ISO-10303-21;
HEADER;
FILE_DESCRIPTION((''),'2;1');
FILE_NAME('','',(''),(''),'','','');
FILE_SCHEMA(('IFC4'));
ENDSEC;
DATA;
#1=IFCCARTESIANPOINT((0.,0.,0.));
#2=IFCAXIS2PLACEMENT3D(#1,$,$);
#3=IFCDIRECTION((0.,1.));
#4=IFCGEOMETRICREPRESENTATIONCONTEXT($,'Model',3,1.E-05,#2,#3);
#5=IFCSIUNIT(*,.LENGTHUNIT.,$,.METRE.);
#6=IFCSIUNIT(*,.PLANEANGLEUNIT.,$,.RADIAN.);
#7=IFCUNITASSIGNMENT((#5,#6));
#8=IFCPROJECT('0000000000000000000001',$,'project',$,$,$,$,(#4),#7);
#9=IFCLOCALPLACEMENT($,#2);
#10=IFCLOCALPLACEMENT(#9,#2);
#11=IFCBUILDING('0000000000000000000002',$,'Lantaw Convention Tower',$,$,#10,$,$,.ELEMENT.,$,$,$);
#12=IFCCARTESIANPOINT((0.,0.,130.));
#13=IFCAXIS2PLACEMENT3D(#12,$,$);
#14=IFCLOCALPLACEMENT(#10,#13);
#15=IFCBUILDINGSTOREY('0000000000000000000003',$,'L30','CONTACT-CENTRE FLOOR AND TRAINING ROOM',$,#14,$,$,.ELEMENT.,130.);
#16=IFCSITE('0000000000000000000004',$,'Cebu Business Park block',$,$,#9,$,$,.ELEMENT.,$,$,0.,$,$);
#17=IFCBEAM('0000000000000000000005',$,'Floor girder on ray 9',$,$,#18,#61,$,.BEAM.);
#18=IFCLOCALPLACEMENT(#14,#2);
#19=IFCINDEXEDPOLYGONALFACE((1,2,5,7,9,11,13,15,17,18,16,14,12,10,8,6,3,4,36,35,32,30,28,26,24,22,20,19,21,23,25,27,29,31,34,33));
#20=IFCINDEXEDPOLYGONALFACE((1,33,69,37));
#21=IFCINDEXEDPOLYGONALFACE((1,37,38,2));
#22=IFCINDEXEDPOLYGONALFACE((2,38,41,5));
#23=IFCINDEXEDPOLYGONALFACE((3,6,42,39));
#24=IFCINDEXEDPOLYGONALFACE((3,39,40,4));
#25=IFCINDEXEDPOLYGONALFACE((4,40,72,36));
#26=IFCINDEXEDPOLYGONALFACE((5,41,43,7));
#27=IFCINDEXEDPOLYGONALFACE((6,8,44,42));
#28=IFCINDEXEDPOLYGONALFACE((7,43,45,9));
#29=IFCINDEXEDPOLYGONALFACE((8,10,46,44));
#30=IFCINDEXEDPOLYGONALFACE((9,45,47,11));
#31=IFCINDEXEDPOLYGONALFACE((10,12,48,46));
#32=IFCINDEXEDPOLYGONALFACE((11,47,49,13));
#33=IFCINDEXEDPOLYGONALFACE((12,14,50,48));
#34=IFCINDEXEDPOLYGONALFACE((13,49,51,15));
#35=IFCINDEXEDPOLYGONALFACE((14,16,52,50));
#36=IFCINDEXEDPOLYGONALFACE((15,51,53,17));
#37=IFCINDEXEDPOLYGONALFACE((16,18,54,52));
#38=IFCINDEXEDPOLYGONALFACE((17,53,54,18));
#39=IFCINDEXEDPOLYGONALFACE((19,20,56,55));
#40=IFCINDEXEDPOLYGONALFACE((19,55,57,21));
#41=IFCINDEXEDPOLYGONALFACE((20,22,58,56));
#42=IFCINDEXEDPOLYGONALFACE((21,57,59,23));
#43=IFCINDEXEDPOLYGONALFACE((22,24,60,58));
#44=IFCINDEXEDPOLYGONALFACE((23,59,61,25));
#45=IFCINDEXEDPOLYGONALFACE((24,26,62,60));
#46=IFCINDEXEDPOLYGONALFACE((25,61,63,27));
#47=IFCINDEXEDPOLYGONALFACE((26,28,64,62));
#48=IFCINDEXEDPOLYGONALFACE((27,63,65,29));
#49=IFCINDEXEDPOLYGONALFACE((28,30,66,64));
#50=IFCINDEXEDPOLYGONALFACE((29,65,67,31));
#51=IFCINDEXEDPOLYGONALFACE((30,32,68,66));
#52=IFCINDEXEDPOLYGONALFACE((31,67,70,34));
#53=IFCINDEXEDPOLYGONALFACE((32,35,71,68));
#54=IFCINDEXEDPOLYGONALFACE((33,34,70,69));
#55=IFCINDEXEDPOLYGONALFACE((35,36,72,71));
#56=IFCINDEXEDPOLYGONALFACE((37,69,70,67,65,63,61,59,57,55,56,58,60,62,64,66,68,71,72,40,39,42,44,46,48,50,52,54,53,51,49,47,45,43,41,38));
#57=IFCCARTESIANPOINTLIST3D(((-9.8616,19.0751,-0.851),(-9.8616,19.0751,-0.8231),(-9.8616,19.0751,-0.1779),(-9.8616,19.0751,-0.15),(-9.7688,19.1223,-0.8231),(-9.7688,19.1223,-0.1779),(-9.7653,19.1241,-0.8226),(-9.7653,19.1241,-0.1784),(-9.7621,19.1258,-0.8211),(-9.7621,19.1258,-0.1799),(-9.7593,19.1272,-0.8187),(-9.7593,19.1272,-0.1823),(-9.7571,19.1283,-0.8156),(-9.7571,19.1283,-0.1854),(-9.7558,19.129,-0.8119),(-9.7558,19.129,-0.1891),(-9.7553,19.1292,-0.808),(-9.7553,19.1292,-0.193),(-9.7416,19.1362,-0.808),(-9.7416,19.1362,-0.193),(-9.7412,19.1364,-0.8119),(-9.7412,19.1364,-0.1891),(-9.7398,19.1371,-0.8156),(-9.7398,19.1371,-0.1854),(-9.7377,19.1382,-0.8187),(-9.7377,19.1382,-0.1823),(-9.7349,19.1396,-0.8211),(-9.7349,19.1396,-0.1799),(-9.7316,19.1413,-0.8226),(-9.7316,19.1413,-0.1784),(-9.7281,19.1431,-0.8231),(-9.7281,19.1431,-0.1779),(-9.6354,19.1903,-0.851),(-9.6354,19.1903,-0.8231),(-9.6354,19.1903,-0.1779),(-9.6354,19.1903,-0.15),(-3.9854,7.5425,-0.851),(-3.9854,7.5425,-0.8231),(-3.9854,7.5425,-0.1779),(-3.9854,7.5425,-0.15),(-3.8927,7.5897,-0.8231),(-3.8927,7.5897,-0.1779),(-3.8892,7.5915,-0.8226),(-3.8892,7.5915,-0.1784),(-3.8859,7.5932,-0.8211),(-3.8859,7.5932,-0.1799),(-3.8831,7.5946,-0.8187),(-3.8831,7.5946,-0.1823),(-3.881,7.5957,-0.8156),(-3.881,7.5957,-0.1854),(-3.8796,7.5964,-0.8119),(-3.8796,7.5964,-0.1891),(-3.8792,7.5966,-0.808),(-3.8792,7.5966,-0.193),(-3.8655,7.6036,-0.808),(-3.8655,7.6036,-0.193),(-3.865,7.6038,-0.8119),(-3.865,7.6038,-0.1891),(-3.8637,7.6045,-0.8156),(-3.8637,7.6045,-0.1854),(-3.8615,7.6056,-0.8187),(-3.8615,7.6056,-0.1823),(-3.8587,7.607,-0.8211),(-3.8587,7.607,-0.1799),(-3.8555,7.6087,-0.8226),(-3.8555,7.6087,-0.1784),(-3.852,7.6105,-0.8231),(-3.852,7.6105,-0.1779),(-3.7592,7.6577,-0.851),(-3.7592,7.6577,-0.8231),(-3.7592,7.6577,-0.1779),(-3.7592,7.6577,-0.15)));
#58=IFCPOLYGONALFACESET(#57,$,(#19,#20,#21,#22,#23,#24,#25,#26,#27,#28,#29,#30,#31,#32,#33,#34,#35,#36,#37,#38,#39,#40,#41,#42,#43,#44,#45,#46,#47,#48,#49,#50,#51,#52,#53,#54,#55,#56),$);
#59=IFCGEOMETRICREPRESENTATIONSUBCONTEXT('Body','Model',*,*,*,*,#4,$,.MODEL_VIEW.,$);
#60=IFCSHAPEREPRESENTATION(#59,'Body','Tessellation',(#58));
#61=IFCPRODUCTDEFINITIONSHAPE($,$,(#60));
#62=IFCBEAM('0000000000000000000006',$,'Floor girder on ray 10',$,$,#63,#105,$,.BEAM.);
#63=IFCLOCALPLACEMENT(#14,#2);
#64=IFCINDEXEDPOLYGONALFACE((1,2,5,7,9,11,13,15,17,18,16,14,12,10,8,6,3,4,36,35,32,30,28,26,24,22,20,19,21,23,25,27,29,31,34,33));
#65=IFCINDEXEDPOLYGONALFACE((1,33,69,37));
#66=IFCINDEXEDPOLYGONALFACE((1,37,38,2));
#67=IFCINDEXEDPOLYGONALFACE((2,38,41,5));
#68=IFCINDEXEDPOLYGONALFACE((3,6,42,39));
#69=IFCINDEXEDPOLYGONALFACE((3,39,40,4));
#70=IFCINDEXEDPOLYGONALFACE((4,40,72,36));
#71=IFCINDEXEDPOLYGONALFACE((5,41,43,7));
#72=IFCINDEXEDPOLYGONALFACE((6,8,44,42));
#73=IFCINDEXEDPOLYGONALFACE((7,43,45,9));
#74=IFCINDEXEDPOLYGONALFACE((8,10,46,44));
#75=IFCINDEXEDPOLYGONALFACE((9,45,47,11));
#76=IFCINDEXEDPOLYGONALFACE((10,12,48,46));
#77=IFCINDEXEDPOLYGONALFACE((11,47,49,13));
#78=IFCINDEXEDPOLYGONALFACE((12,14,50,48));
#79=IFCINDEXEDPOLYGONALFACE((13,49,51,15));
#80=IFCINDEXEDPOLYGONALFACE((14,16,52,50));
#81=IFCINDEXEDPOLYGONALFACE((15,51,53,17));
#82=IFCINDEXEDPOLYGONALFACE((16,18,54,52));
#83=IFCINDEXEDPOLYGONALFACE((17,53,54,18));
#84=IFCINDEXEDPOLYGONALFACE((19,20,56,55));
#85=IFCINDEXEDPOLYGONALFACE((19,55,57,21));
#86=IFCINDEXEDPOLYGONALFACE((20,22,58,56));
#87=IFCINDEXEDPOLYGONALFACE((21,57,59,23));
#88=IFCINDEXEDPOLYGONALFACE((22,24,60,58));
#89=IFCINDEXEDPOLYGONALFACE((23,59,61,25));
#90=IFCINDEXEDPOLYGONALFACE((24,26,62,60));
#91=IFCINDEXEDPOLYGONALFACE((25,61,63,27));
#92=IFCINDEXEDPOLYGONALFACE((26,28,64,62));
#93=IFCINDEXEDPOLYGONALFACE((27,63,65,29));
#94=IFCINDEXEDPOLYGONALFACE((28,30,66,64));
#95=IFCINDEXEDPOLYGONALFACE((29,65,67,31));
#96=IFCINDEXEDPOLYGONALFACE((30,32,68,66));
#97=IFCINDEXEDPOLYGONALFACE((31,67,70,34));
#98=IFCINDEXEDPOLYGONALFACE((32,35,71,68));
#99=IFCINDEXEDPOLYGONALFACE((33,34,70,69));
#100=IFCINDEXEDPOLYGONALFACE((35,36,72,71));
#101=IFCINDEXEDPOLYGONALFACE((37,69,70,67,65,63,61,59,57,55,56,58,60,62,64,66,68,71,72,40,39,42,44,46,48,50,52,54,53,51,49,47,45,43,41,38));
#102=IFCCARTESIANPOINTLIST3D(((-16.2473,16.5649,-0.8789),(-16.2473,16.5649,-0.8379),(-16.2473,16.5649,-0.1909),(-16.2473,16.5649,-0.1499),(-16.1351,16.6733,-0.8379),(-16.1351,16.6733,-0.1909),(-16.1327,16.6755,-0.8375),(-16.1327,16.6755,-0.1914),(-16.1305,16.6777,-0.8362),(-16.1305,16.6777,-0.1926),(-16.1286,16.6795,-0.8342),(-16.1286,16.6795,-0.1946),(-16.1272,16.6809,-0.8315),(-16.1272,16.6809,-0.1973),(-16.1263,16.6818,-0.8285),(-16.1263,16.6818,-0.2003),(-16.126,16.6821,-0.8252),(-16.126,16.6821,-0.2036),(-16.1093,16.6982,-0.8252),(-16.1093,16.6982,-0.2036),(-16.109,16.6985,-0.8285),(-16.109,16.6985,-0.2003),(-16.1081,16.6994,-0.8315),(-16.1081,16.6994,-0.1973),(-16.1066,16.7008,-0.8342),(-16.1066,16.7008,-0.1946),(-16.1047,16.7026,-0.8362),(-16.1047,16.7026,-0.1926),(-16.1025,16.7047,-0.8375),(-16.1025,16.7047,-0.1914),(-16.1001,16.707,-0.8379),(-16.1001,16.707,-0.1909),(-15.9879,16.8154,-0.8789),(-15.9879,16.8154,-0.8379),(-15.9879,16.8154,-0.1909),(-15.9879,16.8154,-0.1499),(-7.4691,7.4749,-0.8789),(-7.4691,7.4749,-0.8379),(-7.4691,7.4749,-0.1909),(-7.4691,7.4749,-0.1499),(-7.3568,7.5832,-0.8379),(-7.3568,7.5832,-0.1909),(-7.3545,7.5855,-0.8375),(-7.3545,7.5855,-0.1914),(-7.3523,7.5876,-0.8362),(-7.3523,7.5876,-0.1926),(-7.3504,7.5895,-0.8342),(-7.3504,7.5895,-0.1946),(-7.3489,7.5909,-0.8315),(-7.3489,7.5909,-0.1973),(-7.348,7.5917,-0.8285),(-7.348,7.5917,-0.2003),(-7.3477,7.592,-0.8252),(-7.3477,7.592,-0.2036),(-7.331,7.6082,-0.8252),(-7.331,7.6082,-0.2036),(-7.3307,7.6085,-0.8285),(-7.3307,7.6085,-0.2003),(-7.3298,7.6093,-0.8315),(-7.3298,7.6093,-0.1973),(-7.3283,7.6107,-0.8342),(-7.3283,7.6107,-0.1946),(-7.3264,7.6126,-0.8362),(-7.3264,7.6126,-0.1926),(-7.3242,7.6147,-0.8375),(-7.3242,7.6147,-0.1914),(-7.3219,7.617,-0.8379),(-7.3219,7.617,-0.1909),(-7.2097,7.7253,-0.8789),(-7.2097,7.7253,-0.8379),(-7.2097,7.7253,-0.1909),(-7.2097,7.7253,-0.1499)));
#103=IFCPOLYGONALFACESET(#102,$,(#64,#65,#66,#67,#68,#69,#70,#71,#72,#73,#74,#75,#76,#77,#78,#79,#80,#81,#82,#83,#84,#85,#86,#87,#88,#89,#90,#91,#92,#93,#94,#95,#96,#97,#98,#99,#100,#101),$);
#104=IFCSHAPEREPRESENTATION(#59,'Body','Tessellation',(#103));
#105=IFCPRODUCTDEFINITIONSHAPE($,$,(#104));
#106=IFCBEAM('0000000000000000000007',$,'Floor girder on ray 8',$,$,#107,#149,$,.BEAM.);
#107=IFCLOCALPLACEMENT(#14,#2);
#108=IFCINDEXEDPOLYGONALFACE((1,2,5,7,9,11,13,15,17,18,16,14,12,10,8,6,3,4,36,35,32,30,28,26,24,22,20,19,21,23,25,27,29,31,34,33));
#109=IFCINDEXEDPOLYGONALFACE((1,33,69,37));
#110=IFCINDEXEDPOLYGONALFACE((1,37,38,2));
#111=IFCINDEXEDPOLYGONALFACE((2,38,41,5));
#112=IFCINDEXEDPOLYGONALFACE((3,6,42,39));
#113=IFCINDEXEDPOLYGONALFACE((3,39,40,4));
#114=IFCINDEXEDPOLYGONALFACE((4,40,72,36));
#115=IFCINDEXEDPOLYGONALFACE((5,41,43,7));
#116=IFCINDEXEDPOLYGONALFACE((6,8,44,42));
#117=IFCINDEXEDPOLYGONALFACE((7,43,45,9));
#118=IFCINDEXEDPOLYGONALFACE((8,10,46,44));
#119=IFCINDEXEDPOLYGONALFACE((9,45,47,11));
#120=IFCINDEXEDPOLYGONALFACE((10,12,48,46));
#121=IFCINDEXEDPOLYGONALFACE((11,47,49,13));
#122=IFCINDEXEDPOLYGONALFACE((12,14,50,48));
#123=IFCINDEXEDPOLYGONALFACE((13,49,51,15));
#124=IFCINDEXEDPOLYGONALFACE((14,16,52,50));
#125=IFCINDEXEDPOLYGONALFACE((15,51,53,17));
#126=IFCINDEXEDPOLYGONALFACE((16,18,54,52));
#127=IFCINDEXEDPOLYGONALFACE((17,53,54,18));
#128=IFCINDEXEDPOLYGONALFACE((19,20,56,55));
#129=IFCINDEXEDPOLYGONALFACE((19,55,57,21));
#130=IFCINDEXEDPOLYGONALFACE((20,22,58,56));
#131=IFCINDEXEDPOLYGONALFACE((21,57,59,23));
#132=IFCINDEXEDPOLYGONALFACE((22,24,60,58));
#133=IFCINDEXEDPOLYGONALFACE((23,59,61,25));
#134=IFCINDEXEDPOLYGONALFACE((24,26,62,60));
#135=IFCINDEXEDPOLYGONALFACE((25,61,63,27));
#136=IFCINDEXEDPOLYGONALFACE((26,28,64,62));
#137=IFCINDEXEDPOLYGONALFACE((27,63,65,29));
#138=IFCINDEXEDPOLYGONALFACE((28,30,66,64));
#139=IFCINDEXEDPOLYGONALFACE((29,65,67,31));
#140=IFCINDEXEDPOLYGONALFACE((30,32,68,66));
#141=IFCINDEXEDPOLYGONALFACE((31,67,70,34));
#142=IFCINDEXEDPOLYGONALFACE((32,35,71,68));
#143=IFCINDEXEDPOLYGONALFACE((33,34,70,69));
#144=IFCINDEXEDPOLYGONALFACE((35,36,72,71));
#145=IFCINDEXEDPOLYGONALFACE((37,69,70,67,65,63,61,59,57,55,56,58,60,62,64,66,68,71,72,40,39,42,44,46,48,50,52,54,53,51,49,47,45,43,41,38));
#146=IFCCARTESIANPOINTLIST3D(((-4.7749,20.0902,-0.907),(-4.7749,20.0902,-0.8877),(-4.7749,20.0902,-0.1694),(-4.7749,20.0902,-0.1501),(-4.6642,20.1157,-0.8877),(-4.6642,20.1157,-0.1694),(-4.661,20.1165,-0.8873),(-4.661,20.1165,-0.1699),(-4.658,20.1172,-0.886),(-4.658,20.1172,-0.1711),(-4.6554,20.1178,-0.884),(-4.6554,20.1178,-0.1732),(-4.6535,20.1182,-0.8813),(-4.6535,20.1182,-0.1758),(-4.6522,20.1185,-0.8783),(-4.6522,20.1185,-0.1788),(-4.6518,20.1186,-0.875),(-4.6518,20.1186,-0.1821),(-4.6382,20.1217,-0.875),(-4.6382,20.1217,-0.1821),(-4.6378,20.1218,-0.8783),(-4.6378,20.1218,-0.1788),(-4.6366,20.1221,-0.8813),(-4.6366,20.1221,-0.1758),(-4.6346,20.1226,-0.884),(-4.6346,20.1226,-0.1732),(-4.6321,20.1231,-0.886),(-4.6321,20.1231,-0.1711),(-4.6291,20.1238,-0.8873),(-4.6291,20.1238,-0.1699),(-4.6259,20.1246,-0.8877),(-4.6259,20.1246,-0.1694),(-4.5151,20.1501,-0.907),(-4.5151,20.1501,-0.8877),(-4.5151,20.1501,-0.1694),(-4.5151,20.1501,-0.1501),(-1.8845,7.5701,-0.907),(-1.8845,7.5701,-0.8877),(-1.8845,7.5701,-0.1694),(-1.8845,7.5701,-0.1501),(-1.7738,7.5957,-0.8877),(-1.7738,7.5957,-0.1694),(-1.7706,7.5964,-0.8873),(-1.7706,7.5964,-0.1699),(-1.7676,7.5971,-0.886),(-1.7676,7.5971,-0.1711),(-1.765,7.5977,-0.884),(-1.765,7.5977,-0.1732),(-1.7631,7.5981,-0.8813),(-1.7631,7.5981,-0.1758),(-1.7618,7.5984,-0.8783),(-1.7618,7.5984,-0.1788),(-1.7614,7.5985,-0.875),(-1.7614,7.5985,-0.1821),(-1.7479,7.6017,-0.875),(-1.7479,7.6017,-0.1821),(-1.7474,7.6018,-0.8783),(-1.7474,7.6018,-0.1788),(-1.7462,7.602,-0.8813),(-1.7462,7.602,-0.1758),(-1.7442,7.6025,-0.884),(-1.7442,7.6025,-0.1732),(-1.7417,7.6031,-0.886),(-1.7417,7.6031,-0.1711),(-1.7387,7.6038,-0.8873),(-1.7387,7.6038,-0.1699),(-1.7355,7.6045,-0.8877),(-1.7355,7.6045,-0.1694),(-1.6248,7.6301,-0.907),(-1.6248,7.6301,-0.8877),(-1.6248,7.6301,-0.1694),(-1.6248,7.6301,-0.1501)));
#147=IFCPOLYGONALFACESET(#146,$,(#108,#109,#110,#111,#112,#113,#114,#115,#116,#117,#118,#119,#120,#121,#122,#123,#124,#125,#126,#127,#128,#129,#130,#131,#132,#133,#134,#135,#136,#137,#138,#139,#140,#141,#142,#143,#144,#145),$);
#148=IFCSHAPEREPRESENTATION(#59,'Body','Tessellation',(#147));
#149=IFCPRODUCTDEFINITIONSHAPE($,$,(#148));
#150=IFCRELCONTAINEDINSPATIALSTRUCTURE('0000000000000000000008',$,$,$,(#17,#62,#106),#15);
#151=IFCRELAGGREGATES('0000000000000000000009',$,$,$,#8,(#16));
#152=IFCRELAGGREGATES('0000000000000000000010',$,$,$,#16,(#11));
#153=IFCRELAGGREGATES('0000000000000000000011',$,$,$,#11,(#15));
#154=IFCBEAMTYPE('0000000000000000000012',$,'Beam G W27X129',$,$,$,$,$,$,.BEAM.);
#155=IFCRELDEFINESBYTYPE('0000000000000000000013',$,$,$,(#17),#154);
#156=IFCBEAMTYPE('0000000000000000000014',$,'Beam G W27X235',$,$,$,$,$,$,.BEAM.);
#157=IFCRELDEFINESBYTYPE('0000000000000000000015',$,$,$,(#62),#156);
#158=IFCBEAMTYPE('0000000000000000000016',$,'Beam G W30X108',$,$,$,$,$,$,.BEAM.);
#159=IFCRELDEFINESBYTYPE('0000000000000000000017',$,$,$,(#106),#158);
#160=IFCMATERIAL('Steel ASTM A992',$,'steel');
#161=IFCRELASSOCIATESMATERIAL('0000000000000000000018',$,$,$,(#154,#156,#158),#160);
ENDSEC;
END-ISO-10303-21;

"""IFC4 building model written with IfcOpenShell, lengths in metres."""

from ifc_helpers import new_model, si_unit, direction, frame, origin, origin_2d, place, context, subcontext, project, spatial, i_section, extrude, material, material_profile, profile_set, type_object, element, save


model = new_model("IFC4")

# Units and contexts
model_context = context("Model", 3, precision=1e-05, world=origin(), true_north=direction((0.0, 1.0)))
body_context = subcontext(model_context, "Body", "Model", "MODEL_VIEW")
ifc_project = project(units=[si_unit("LENGTHUNIT", "METRE"), si_unit("PLANEANGLEUNIT", "RADIAN")], contexts=[model_context])

# Site, building, storey
site_placement = place(None, origin())
site = spatial("IfcSite", under=ifc_project, at=site_placement, Name="Cebu Business Park block", CompositionType="ELEMENT", RefElevation=0.0)
building_placement = place(site_placement, origin())
building = spatial("IfcBuilding", under=site, at=building_placement, Name="Lantaw Convention Tower", CompositionType="ELEMENT")
storey_placement = place(building_placement, frame((0.0, 0.0, 130.0)))
storey = spatial("IfcBuildingStorey", under=building, at=storey_placement, Name="L30", Description="CONTACT-CENTRE FLOOR AND TRAINING ROOM", CompositionType="ELEMENT", Elevation=130.0)

# Beams
ifc_material_1 = material(Name="Steel ASTM A992", Category="steel")
ifc_material_profile_1 = material_profile(ifc_material_1, i_section(OverallWidth=0.2539, OverallDepth=0.7009, WebThickness=0.0154, FlangeThickness=0.0278, FilletRadius=0.0151, at=origin_2d()), Name="W27X129")
ifc_profile_set_1 = profile_set([ifc_material_profile_1], Name="Steel ASTM A992")
beam_type_1 = type_object("IfcBeamType", Name="Beam G W27X129", PredefinedType="BEAM", material=ifc_profile_set_1)
beam_1_placement = place(storey_placement, frame((-3.8723, 7.6001, -0.5005), z_axis=(-0.453991, 0.891006, 0.0), x_axis=(-0.891006, -0.453991, 0.0)))
element("IfcBeam", 1, at=beam_1_placement, inside=storey, type_object=beam_type_1, Name="Floor girder on ray 9", PredefinedType="BEAM", context=body_context, shape_type="SweptSolid", body=[
    extrude(i_section(OverallWidth=0.2539, OverallDepth=0.7009, WebThickness=0.0154, FlangeThickness=0.0278, FilletRadius=0.0151, at=origin_2d()), origin(), (0.0, 0.0, 1.0), 12.9434),
])
ifc_material_profile_2 = material_profile(ifc_material_1, i_section(OverallWidth=0.3606, OverallDepth=0.729, WebThickness=0.0232, FlangeThickness=0.041, FilletRadius=0.0127, at=origin_2d()), Name="W27X235")
ifc_profile_set_2 = profile_set([ifc_material_profile_2], Name="Steel ASTM A992")
beam_type_2 = type_object("IfcBeamType", Name="Beam G W27X235", PredefinedType="BEAM", material=ifc_profile_set_2)
beam_2_placement = place(storey_placement, frame((-7.3394, 7.6001, -0.5144), z_axis=(-0.694663, 0.719335, 0.0), x_axis=(-0.719335, -0.694663, 0.0)))
element("IfcBeam", 2, at=beam_2_placement, inside=storey, type_object=beam_type_2, Name="Floor girder on ray 10", PredefinedType="BEAM", context=body_context, shape_type="SweptSolid", body=[
    extrude(i_section(OverallWidth=0.3606, OverallDepth=0.729, WebThickness=0.0232, FlangeThickness=0.041, FilletRadius=0.0127, at=origin_2d()), origin(), (0.0, 0.0, 1.0), 12.6367),
])
ifc_material_profile_3 = material_profile(ifc_material_1, i_section(OverallWidth=0.2666, OverallDepth=0.7568, WebThickness=0.0139, FlangeThickness=0.0193, FilletRadius=0.0127, at=origin_2d()), Name="W30X108")
ifc_profile_set_3 = profile_set([ifc_material_profile_3], Name="Steel ASTM A992")
beam_type_3 = type_object("IfcBeamType", Name="Beam G W30X108", PredefinedType="BEAM", material=ifc_profile_set_3)
beam_3_placement = place(storey_placement, frame((-1.7546, 7.6001, -0.5286), z_axis=(-0.224944, 0.974372, 0.0), x_axis=(-0.974372, -0.224944, 0.0)))
element("IfcBeam", 3, at=beam_3_placement, inside=storey, type_object=beam_type_3, Name="Floor girder on ray 8", PredefinedType="BEAM", context=body_context, shape_type="SweptSolid", body=[
    extrude(i_section(OverallWidth=0.2666, OverallDepth=0.7568, WebThickness=0.0139, FlangeThickness=0.0193, FilletRadius=0.0127, at=origin_2d()), origin(), (0.0, 0.0, 1.0), 12.8494),
])

save(model, "model.ifc")
